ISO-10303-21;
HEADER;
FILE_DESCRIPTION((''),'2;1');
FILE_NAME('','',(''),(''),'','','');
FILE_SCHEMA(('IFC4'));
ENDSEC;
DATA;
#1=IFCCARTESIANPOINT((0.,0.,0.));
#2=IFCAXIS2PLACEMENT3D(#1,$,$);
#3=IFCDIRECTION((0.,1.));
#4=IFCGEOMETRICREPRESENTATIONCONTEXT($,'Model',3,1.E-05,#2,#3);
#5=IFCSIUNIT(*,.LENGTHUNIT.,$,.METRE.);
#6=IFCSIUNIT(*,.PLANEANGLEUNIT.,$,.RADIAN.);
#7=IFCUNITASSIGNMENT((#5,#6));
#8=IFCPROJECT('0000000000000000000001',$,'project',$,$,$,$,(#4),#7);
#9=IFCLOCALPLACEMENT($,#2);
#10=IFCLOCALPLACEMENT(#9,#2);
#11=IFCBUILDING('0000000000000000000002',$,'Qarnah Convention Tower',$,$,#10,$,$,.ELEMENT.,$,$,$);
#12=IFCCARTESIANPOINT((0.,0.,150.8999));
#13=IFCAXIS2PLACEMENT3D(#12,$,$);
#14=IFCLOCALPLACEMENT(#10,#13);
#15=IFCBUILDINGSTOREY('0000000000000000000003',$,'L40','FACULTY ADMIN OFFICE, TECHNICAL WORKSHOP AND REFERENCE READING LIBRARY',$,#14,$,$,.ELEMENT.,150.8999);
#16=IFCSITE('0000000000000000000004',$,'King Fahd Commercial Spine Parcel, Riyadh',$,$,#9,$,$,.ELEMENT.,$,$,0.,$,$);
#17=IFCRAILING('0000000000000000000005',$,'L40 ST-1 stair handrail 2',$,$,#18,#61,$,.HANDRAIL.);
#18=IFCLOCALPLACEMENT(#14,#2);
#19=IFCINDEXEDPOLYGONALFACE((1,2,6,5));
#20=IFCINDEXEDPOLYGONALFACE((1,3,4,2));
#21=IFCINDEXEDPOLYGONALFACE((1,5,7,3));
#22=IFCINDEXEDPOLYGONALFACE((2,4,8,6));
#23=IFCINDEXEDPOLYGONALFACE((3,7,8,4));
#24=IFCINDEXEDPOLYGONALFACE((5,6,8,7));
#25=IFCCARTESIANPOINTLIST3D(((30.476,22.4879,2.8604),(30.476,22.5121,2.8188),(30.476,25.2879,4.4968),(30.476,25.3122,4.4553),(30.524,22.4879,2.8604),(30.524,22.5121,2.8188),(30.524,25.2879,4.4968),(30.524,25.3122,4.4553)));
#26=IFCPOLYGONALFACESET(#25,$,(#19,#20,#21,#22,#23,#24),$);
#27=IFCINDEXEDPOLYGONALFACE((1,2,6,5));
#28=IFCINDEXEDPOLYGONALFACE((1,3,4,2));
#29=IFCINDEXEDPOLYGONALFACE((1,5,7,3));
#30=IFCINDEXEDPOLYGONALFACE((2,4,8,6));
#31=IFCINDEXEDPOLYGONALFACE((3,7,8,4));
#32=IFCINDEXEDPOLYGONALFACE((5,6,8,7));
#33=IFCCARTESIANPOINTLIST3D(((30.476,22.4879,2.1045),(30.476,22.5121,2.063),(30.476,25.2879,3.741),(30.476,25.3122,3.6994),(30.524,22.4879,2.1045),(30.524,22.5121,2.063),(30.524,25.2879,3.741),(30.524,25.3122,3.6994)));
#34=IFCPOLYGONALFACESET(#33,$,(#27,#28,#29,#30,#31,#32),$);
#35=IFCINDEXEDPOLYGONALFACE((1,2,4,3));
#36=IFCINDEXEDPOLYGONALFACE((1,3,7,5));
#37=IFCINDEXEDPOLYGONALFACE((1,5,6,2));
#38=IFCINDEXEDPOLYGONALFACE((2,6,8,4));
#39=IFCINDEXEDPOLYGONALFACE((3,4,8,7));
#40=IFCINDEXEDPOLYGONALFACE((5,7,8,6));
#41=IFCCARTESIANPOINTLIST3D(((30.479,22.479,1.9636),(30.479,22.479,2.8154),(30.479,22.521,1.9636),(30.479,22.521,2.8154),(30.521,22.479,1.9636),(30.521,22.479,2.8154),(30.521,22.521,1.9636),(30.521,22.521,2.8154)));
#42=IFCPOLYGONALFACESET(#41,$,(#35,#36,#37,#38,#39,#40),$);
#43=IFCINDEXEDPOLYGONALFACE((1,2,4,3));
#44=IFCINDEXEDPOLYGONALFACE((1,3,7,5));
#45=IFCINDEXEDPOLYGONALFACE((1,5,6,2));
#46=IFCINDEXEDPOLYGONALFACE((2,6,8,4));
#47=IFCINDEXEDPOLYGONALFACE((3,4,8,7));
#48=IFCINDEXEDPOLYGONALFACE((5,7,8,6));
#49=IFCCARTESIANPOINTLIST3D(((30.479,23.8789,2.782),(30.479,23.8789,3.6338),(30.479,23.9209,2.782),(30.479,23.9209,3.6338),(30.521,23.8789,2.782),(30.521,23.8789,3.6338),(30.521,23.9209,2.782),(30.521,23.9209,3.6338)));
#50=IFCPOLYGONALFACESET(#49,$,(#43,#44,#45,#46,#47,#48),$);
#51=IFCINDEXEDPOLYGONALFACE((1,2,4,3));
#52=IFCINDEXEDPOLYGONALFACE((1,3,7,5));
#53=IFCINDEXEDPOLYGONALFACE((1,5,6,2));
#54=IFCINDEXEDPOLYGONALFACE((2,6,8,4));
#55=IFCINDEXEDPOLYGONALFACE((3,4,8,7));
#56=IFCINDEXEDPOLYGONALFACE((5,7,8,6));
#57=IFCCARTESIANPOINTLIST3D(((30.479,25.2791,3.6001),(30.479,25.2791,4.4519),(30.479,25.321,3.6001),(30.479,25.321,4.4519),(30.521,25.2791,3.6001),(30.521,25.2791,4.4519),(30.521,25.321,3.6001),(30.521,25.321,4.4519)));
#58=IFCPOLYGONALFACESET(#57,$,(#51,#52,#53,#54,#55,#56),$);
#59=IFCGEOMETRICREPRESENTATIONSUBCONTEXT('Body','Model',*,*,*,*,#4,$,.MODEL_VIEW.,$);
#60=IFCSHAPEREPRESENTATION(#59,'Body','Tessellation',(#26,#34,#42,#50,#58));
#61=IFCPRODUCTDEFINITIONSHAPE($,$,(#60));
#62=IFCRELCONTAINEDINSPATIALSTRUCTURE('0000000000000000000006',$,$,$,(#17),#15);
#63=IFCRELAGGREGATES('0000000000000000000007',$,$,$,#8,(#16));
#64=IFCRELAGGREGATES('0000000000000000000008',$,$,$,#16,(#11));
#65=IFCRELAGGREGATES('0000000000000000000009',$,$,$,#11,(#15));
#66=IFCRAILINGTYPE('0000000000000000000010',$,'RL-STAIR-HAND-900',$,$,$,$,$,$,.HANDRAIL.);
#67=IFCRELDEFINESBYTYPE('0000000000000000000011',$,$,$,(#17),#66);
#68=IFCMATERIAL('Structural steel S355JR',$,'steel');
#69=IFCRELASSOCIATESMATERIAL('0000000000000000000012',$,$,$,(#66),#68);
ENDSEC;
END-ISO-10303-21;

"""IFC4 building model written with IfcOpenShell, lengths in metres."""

from ifc_helpers import new_model, si_unit, direction, frame, origin, origin_2d, place, context, subcontext, project, spatial, rectangle, extrude, material, type_object, element, save


model = new_model("IFC4")

# Units and contexts
model_context = context("Model", 3, precision=1e-05, world=origin(), true_north=direction((0.0, 1.0)))
body_context = subcontext(model_context, "Body", "Model", "MODEL_VIEW")
ifc_project = project(units=[si_unit("LENGTHUNIT", "METRE"), si_unit("PLANEANGLEUNIT", "RADIAN")], contexts=[model_context])

# Site, building, storey
site_placement = place(None, origin())
site = spatial("IfcSite", under=ifc_project, at=site_placement, Name="King Fahd Commercial Spine Parcel, Riyadh", CompositionType="ELEMENT", RefElevation=0.0)
building_placement = place(site_placement, origin())
building = spatial("IfcBuilding", under=site, at=building_placement, Name="Qarnah Convention Tower", CompositionType="ELEMENT")
storey_placement = place(building_placement, frame((0.0, 0.0, 150.8999)))
storey = spatial("IfcBuildingStorey", under=building, at=storey_placement, Name="L40", Description="FACULTY ADMIN OFFICE, TECHNICAL WORKSHOP AND REFERENCE READING LIBRARY", CompositionType="ELEMENT", Elevation=150.8999)

# Shared definitions
ifc_material_1 = material(Name="Structural steel S355JR", Category="steel")

# Railing
railing_type_1 = type_object("IfcRailingType", Name="RL-STAIR-HAND-900", PredefinedType="HANDRAIL", material=ifc_material_1)
railing_1_placement = place(storey_placement, frame((30.5, 22.5, 1.9636)))
element("IfcRailing", 1, at=railing_1_placement, inside=storey, type_object=railing_type_1, Name="L40 ST-1 stair handrail 2", PredefinedType="HANDRAIL", context=body_context, shape_type="SweptSolid", body=[
    extrude(rectangle(XDim=0.0481, YDim=0.0481, at=origin_2d()), frame((0.0, 0.0, 0.876), z_axis=(0.0, 0.863361, 0.504587), x_axis=(-1.0, 0.0, 0.0)), (0.0, 0.0, 1.0), 3.2432),
    extrude(rectangle(XDim=0.0481, YDim=0.0481, at=origin_2d()), frame((0.0, 0.0, 0.1201), z_axis=(0.0, 0.863361, 0.504587), x_axis=(-1.0, 0.0, 0.0)), (0.0, 0.0, 1.0), 3.2432),
    extrude(rectangle(XDim=0.042, YDim=0.042, at=origin_2d()), origin(), (0.0, 0.0, 1.0), 0.8518),
    extrude(rectangle(XDim=0.042, YDim=0.042, at=origin_2d()), frame((0.0, 1.3999, 0.8184)), (0.0, 0.0, 1.0), 0.8518),
    extrude(rectangle(XDim=0.042, YDim=0.042, at=origin_2d()), frame((0.0, 2.8, 1.6365)), (0.0, 0.0, 1.0), 0.8518),
])

save(model, "model.ifc")
